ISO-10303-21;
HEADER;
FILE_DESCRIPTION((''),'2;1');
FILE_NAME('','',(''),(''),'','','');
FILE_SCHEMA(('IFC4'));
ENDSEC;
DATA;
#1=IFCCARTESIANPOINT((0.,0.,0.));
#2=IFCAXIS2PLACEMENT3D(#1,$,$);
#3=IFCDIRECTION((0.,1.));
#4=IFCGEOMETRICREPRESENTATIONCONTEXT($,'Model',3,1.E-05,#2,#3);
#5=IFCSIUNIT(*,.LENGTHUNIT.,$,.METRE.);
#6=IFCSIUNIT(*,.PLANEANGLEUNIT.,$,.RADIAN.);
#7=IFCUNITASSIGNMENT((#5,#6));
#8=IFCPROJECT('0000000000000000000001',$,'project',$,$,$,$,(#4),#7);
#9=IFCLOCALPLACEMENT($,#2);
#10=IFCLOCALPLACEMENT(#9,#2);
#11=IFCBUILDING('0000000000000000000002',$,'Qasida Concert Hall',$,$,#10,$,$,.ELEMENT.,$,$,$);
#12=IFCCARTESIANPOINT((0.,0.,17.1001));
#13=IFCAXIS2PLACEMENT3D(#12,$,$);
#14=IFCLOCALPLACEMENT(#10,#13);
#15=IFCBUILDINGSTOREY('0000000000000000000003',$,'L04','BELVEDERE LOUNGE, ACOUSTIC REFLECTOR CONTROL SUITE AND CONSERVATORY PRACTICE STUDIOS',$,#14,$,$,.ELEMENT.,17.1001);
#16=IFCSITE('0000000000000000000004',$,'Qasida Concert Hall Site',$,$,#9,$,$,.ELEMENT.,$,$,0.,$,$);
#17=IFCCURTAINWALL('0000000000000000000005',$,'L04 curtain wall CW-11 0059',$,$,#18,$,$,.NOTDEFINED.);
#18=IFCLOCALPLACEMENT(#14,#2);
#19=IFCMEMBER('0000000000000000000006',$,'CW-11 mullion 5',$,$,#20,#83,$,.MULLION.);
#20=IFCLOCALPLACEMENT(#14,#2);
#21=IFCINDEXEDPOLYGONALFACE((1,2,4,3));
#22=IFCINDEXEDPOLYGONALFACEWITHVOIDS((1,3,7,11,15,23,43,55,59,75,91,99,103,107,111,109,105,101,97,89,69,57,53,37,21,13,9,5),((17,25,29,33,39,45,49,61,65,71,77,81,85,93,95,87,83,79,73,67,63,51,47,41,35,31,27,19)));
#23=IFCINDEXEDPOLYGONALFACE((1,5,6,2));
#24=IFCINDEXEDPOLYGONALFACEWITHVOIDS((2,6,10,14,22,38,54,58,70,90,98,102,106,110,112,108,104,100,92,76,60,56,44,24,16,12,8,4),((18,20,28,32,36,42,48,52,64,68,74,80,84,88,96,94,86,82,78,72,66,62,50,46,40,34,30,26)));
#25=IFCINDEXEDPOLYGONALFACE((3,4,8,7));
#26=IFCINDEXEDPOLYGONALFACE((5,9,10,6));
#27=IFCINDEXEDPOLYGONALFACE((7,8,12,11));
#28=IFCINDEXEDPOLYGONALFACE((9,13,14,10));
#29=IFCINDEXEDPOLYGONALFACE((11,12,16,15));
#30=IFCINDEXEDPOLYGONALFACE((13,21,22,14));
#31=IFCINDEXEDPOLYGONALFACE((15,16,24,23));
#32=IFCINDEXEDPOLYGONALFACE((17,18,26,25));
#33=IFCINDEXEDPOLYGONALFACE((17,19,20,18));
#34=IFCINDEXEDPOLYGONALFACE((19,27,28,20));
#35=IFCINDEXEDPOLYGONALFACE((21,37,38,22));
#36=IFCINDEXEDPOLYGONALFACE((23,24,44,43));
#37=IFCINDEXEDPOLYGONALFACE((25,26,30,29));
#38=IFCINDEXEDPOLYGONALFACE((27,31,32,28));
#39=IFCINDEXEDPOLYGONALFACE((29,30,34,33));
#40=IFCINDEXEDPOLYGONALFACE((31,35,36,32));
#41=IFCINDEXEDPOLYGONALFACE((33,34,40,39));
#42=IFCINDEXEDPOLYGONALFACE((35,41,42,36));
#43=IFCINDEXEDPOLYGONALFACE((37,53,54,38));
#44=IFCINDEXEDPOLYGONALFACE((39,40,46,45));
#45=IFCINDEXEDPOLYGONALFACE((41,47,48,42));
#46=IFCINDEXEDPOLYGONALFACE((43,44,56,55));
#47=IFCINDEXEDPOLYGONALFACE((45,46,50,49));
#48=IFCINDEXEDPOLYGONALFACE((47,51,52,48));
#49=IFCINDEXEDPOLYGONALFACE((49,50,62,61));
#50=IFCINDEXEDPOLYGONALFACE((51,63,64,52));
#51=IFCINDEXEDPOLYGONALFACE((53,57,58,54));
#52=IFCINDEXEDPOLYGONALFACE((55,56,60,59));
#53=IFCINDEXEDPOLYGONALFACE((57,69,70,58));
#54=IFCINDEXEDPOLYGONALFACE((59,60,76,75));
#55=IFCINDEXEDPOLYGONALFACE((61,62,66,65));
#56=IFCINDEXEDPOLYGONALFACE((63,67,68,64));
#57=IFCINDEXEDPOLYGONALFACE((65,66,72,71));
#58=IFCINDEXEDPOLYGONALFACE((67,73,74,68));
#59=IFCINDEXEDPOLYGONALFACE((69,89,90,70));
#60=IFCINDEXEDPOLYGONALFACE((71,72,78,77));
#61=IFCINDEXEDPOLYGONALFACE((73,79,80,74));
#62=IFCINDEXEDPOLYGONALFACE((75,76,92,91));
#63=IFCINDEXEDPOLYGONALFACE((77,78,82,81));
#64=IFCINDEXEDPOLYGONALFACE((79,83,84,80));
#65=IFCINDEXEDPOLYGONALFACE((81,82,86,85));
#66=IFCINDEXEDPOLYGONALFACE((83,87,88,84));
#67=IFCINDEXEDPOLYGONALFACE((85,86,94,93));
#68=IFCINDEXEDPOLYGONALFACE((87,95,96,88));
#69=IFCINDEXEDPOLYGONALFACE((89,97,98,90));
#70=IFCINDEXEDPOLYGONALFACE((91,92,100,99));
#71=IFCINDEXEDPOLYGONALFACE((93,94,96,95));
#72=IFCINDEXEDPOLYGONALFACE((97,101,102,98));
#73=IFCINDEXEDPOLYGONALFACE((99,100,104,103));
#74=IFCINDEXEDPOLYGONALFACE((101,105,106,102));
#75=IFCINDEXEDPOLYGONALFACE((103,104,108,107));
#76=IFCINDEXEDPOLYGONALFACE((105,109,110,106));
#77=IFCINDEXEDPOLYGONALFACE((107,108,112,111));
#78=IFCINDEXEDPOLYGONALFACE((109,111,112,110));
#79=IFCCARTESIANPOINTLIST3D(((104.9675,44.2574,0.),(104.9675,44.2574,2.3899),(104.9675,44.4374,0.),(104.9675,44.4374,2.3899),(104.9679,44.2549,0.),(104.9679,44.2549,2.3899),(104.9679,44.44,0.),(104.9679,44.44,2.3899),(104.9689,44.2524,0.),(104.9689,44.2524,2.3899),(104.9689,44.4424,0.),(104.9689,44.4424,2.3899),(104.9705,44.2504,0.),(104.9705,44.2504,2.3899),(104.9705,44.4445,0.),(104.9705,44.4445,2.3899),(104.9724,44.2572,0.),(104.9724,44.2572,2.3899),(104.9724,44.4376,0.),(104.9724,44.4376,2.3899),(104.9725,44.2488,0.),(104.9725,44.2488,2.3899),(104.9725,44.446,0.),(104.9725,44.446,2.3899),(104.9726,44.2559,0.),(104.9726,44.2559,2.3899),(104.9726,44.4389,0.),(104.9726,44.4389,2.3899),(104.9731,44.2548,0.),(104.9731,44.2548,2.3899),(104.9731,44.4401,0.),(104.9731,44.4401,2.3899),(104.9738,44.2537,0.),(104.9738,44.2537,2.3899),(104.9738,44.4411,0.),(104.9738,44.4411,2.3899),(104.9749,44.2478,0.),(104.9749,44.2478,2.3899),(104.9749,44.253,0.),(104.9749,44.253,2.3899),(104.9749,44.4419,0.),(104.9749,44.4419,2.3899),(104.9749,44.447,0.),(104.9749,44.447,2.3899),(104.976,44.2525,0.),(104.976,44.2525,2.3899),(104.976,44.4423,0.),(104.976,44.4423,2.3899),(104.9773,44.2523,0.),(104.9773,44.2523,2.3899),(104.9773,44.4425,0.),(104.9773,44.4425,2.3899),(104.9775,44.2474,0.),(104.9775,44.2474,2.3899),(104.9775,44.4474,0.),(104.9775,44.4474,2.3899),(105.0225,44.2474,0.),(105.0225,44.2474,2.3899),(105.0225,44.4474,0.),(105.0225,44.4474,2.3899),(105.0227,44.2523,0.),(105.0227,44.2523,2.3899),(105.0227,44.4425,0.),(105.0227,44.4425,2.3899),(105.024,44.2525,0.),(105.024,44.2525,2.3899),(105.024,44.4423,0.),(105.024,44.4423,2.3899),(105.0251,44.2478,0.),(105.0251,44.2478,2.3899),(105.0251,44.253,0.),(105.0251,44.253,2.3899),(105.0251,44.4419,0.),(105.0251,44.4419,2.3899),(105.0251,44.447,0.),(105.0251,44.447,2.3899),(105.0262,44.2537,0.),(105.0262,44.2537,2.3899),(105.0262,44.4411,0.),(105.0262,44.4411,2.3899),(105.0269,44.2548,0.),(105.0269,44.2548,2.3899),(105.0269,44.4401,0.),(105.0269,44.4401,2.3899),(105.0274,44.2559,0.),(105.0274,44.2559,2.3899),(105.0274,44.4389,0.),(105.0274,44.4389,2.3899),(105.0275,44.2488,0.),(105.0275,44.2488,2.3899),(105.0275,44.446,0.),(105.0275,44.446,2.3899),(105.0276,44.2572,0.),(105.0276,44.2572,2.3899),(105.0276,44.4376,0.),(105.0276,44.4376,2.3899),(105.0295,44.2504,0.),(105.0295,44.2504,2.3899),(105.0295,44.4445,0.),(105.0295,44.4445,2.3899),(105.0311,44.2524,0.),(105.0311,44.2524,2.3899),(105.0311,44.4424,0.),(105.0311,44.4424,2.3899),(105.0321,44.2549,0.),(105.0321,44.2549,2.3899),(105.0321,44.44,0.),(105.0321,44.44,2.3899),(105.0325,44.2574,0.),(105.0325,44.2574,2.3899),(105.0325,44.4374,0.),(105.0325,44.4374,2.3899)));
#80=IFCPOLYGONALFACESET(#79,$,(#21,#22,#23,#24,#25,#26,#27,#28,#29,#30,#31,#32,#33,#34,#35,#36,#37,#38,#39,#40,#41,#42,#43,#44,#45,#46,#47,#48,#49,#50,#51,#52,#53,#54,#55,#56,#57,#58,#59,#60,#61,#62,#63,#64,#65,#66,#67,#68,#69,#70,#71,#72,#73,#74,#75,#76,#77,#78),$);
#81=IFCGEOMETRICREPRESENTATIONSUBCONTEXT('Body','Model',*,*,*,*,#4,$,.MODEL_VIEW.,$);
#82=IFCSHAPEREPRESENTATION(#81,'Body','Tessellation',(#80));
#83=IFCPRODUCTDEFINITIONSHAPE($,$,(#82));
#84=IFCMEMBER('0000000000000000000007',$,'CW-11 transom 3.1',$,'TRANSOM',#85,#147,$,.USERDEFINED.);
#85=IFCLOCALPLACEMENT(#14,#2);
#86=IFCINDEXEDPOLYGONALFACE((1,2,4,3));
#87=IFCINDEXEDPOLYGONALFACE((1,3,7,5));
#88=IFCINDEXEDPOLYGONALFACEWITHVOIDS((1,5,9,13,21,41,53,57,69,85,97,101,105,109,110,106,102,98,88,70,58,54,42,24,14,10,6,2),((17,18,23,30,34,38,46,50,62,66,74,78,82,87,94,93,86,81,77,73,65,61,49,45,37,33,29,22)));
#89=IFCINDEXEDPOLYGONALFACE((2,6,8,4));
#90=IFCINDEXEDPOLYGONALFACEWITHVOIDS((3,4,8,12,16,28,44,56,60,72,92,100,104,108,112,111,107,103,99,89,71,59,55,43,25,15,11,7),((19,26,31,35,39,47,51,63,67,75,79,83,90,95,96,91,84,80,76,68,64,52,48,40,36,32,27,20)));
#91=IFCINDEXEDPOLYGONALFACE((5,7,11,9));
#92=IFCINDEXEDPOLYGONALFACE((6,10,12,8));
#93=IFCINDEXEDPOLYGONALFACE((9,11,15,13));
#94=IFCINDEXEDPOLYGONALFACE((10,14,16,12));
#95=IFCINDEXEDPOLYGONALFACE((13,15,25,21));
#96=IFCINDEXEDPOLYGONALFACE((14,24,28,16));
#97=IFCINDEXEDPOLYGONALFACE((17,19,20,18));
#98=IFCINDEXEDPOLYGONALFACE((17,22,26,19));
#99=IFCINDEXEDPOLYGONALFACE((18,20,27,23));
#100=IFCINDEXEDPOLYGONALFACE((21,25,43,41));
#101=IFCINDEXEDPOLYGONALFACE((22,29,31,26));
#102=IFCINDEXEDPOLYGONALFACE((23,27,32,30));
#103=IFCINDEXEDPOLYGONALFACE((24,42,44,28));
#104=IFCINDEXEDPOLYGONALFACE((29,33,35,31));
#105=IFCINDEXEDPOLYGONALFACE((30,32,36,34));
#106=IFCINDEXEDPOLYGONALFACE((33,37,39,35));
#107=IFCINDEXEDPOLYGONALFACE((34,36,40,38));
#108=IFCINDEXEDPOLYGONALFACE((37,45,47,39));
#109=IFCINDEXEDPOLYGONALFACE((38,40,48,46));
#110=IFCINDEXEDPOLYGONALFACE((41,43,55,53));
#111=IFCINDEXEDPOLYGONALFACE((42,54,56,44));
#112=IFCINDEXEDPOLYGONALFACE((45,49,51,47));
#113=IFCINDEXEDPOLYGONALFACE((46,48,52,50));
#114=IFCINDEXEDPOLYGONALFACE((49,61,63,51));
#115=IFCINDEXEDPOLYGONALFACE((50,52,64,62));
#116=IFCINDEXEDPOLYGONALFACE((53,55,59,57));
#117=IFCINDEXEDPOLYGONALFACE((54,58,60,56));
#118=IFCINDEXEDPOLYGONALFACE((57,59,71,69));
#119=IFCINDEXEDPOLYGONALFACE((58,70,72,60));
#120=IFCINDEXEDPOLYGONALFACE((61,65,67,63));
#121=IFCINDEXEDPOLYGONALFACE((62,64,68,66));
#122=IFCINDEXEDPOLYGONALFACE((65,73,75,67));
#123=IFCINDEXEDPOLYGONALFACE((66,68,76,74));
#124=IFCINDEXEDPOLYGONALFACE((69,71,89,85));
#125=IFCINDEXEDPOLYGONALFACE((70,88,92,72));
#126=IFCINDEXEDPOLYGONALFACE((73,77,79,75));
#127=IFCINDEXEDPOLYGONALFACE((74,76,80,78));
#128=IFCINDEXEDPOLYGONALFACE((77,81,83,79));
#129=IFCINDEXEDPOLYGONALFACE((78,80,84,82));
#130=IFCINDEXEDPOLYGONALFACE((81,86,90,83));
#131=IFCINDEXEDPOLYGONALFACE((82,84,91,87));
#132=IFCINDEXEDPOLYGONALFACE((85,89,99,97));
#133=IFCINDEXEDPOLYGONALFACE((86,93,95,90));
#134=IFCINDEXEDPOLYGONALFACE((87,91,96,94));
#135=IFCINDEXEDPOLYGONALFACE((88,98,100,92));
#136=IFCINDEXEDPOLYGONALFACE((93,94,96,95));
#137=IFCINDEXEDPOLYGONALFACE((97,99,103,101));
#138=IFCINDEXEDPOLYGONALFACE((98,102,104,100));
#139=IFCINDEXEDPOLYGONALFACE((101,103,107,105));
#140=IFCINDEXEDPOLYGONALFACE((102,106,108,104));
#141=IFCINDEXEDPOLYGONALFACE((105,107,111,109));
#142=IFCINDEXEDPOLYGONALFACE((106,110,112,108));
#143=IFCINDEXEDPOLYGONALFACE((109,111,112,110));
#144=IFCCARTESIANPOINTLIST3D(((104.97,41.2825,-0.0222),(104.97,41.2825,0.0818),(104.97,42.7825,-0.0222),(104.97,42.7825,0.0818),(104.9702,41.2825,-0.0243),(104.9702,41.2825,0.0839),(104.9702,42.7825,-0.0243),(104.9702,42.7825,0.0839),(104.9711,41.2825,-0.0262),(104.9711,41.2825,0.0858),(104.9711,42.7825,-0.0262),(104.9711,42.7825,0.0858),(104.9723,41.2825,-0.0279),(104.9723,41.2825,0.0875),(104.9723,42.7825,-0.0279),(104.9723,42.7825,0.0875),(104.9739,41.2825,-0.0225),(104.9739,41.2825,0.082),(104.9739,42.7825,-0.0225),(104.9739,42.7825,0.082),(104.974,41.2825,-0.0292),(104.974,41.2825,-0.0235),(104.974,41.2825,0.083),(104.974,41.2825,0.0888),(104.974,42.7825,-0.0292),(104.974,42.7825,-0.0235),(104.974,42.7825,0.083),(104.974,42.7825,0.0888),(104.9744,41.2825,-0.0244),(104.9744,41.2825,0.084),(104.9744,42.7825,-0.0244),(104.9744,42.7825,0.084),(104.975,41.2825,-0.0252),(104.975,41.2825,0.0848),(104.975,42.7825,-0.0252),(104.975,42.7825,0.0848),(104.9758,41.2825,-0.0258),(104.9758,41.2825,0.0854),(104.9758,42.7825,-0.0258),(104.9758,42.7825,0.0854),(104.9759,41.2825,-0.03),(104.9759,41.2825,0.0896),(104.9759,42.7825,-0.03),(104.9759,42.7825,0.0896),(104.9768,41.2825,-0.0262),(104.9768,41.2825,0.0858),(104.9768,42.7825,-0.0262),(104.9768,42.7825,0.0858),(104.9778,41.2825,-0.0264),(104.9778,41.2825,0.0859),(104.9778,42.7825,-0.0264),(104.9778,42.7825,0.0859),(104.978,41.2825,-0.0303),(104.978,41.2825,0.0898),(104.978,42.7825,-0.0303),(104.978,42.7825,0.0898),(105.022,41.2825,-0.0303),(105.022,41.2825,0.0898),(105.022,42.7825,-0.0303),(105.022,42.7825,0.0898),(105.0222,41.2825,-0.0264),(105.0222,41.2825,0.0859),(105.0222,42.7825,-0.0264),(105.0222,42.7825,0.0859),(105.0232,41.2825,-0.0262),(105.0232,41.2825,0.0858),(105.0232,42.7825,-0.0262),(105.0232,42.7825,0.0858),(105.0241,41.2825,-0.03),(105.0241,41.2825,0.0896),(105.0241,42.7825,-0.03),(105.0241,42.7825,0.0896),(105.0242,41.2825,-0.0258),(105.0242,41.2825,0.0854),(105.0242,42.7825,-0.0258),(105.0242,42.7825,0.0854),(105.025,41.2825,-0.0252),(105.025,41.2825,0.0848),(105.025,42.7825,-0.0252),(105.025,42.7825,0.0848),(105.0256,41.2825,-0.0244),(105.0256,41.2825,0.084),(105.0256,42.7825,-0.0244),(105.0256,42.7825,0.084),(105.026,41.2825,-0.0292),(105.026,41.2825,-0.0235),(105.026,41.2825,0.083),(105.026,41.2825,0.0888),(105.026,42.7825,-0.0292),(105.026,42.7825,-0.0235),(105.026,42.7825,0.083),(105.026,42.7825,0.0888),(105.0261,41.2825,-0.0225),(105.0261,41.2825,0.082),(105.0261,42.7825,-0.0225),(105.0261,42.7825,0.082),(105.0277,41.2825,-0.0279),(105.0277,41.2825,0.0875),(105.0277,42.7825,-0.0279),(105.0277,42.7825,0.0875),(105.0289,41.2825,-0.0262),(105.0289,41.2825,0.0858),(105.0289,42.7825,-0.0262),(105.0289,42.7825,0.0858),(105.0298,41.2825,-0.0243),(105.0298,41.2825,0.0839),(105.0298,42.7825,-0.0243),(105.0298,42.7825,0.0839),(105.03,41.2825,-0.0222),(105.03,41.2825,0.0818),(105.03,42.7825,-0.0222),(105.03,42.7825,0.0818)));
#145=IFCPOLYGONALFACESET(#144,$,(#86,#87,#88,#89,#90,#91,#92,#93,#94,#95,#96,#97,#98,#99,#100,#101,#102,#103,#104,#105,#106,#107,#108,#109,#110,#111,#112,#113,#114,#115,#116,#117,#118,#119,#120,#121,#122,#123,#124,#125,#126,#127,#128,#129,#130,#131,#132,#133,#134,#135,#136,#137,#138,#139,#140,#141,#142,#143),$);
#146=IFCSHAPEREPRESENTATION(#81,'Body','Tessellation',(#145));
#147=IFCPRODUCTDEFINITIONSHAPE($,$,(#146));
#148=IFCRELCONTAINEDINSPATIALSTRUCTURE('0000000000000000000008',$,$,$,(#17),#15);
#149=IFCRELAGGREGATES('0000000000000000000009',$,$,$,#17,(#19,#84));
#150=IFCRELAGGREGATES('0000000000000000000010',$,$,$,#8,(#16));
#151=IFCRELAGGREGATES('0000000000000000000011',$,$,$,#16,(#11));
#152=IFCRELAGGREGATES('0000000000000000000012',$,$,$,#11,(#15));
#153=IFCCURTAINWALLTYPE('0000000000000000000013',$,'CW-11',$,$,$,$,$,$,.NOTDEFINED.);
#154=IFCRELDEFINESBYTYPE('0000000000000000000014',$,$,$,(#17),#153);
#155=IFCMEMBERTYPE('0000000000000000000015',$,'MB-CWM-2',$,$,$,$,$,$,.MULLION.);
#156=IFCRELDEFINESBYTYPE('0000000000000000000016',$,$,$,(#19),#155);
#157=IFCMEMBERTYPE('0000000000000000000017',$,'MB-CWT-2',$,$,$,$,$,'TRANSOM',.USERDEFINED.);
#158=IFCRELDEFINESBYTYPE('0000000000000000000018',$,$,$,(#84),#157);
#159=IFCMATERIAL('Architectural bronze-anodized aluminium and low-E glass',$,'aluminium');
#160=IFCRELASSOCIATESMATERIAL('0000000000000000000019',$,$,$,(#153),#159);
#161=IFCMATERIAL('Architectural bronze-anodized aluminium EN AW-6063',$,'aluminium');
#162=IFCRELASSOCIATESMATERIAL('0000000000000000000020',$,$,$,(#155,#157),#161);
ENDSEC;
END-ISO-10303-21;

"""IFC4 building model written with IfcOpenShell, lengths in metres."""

from ifc_helpers import new_model, si_unit, direction, frame, origin, origin_2d, place, context, subcontext, project, spatial, hollow_rectangle, extrude, material, material_profile, profile_set, type_object, element, aggregate, save


model = new_model("IFC4")

# Units and contexts
model_context = context("Model", 3, precision=1e-05, world=origin(), true_north=direction((0.0, 1.0)))
body_context = subcontext(model_context, "Body", "Model", "MODEL_VIEW")
ifc_project = project(units=[si_unit("LENGTHUNIT", "METRE"), si_unit("PLANEANGLEUNIT", "RADIAN")], contexts=[model_context])

# Site, building, storey
site_placement = place(None, origin())
site = spatial("IfcSite", under=ifc_project, at=site_placement, Name="Qasida Concert Hall Site", CompositionType="ELEMENT", RefElevation=0.0)
building_placement = place(site_placement, origin())
building = spatial("IfcBuilding", under=site, at=building_placement, Name="Qasida Concert Hall", CompositionType="ELEMENT")
storey_placement = place(building_placement, frame((0.0, 0.0, 17.1001)))
storey = spatial("IfcBuildingStorey", under=building, at=storey_placement, Name="L04", Description="BELVEDERE LOUNGE, ACOUSTIC REFLECTOR CONTROL SUITE AND CONSERVATORY PRACTICE STUDIOS", CompositionType="ELEMENT", Elevation=17.1001)

# Curtain wall, members
ifc_material_1 = material(Name="Architectural bronze-anodized aluminium and low-E glass", Category="aluminium")
curtain_wall_type = type_object("IfcCurtainWallType", Name="CW-11", PredefinedType="NOTDEFINED", material=ifc_material_1)
curtain_wall_placement = place(storey_placement, origin())
curtain_wall = element("IfcCurtainWall", 1, at=curtain_wall_placement, inside=storey, type_object=curtain_wall_type, Name="L04 curtain wall CW-11 0059", PredefinedType="NOTDEFINED")
ifc_material_2 = material(Name="Architectural bronze-anodized aluminium EN AW-6063", Category="aluminium")
ifc_material_profile_1 = material_profile(ifc_material_2, hollow_rectangle(XDim=0.0649, YDim=0.2, WallThickness=0.0049, InnerFilletRadius=0.0049, OuterFilletRadius=0.01, at=origin_2d()), Name="CWM 200x65x5")
ifc_profile_set_1 = profile_set([ifc_material_profile_1], Name="Architectural bronze-anodized aluminium EN AW-6063")
member_type_1 = type_object("IfcMemberType", Name="MB-CWM-2", PredefinedType="MULLION", material=ifc_profile_set_1)
member_1_placement = place(storey_placement, frame((105.0, 44.3474, 0.0), z_axis=(0.0, 0.0, 1.0), x_axis=(-1.0, 0.0, 0.0)))
member_1 = element("IfcMember", 2, at=member_1_placement, type_object=member_type_1, Name="CW-11 mullion 5", PredefinedType="MULLION", context=body_context, shape_type="SweptSolid", body=[
    extrude(hollow_rectangle(XDim=0.0649, YDim=0.2, WallThickness=0.0049, InnerFilletRadius=0.0049, OuterFilletRadius=0.01, at=origin_2d()), origin(), (0.0, 0.0, 1.0), 2.3899),
])
ifc_material_profile_2 = material_profile(ifc_material_2, hollow_rectangle(XDim=0.0601, YDim=0.1201, WallThickness=0.0039, InnerFilletRadius=0.0039, OuterFilletRadius=0.0081, at=origin_2d()), Name="CWT 120x60x4")
ifc_profile_set_2 = profile_set([ifc_material_profile_2], Name="Architectural bronze-anodized aluminium EN AW-6063")
member_type_2 = type_object("IfcMemberType", Name="MB-CWT-2", ElementType="TRANSOM", PredefinedType="USERDEFINED", material=ifc_profile_set_2)
member_2_placement = place(storey_placement, frame((105.0, 41.2825, 0.0298), z_axis=(0.0, 1.0, 0.0), x_axis=(-1.0, 0.0, 0.0)))
member_2 = element("IfcMember", 3, at=member_2_placement, type_object=member_type_2, Name="CW-11 transom 3.1", ObjectType="TRANSOM", PredefinedType="USERDEFINED", context=body_context, shape_type="SweptSolid", body=[
    extrude(hollow_rectangle(XDim=0.0601, YDim=0.1201, WallThickness=0.0039, InnerFilletRadius=0.0039, OuterFilletRadius=0.0081, at=origin_2d()), origin(), (0.0, 0.0, 1.0), 1.5),
])
aggregate(curtain_wall, [member_1, member_2])

save(model, "model.ifc")
